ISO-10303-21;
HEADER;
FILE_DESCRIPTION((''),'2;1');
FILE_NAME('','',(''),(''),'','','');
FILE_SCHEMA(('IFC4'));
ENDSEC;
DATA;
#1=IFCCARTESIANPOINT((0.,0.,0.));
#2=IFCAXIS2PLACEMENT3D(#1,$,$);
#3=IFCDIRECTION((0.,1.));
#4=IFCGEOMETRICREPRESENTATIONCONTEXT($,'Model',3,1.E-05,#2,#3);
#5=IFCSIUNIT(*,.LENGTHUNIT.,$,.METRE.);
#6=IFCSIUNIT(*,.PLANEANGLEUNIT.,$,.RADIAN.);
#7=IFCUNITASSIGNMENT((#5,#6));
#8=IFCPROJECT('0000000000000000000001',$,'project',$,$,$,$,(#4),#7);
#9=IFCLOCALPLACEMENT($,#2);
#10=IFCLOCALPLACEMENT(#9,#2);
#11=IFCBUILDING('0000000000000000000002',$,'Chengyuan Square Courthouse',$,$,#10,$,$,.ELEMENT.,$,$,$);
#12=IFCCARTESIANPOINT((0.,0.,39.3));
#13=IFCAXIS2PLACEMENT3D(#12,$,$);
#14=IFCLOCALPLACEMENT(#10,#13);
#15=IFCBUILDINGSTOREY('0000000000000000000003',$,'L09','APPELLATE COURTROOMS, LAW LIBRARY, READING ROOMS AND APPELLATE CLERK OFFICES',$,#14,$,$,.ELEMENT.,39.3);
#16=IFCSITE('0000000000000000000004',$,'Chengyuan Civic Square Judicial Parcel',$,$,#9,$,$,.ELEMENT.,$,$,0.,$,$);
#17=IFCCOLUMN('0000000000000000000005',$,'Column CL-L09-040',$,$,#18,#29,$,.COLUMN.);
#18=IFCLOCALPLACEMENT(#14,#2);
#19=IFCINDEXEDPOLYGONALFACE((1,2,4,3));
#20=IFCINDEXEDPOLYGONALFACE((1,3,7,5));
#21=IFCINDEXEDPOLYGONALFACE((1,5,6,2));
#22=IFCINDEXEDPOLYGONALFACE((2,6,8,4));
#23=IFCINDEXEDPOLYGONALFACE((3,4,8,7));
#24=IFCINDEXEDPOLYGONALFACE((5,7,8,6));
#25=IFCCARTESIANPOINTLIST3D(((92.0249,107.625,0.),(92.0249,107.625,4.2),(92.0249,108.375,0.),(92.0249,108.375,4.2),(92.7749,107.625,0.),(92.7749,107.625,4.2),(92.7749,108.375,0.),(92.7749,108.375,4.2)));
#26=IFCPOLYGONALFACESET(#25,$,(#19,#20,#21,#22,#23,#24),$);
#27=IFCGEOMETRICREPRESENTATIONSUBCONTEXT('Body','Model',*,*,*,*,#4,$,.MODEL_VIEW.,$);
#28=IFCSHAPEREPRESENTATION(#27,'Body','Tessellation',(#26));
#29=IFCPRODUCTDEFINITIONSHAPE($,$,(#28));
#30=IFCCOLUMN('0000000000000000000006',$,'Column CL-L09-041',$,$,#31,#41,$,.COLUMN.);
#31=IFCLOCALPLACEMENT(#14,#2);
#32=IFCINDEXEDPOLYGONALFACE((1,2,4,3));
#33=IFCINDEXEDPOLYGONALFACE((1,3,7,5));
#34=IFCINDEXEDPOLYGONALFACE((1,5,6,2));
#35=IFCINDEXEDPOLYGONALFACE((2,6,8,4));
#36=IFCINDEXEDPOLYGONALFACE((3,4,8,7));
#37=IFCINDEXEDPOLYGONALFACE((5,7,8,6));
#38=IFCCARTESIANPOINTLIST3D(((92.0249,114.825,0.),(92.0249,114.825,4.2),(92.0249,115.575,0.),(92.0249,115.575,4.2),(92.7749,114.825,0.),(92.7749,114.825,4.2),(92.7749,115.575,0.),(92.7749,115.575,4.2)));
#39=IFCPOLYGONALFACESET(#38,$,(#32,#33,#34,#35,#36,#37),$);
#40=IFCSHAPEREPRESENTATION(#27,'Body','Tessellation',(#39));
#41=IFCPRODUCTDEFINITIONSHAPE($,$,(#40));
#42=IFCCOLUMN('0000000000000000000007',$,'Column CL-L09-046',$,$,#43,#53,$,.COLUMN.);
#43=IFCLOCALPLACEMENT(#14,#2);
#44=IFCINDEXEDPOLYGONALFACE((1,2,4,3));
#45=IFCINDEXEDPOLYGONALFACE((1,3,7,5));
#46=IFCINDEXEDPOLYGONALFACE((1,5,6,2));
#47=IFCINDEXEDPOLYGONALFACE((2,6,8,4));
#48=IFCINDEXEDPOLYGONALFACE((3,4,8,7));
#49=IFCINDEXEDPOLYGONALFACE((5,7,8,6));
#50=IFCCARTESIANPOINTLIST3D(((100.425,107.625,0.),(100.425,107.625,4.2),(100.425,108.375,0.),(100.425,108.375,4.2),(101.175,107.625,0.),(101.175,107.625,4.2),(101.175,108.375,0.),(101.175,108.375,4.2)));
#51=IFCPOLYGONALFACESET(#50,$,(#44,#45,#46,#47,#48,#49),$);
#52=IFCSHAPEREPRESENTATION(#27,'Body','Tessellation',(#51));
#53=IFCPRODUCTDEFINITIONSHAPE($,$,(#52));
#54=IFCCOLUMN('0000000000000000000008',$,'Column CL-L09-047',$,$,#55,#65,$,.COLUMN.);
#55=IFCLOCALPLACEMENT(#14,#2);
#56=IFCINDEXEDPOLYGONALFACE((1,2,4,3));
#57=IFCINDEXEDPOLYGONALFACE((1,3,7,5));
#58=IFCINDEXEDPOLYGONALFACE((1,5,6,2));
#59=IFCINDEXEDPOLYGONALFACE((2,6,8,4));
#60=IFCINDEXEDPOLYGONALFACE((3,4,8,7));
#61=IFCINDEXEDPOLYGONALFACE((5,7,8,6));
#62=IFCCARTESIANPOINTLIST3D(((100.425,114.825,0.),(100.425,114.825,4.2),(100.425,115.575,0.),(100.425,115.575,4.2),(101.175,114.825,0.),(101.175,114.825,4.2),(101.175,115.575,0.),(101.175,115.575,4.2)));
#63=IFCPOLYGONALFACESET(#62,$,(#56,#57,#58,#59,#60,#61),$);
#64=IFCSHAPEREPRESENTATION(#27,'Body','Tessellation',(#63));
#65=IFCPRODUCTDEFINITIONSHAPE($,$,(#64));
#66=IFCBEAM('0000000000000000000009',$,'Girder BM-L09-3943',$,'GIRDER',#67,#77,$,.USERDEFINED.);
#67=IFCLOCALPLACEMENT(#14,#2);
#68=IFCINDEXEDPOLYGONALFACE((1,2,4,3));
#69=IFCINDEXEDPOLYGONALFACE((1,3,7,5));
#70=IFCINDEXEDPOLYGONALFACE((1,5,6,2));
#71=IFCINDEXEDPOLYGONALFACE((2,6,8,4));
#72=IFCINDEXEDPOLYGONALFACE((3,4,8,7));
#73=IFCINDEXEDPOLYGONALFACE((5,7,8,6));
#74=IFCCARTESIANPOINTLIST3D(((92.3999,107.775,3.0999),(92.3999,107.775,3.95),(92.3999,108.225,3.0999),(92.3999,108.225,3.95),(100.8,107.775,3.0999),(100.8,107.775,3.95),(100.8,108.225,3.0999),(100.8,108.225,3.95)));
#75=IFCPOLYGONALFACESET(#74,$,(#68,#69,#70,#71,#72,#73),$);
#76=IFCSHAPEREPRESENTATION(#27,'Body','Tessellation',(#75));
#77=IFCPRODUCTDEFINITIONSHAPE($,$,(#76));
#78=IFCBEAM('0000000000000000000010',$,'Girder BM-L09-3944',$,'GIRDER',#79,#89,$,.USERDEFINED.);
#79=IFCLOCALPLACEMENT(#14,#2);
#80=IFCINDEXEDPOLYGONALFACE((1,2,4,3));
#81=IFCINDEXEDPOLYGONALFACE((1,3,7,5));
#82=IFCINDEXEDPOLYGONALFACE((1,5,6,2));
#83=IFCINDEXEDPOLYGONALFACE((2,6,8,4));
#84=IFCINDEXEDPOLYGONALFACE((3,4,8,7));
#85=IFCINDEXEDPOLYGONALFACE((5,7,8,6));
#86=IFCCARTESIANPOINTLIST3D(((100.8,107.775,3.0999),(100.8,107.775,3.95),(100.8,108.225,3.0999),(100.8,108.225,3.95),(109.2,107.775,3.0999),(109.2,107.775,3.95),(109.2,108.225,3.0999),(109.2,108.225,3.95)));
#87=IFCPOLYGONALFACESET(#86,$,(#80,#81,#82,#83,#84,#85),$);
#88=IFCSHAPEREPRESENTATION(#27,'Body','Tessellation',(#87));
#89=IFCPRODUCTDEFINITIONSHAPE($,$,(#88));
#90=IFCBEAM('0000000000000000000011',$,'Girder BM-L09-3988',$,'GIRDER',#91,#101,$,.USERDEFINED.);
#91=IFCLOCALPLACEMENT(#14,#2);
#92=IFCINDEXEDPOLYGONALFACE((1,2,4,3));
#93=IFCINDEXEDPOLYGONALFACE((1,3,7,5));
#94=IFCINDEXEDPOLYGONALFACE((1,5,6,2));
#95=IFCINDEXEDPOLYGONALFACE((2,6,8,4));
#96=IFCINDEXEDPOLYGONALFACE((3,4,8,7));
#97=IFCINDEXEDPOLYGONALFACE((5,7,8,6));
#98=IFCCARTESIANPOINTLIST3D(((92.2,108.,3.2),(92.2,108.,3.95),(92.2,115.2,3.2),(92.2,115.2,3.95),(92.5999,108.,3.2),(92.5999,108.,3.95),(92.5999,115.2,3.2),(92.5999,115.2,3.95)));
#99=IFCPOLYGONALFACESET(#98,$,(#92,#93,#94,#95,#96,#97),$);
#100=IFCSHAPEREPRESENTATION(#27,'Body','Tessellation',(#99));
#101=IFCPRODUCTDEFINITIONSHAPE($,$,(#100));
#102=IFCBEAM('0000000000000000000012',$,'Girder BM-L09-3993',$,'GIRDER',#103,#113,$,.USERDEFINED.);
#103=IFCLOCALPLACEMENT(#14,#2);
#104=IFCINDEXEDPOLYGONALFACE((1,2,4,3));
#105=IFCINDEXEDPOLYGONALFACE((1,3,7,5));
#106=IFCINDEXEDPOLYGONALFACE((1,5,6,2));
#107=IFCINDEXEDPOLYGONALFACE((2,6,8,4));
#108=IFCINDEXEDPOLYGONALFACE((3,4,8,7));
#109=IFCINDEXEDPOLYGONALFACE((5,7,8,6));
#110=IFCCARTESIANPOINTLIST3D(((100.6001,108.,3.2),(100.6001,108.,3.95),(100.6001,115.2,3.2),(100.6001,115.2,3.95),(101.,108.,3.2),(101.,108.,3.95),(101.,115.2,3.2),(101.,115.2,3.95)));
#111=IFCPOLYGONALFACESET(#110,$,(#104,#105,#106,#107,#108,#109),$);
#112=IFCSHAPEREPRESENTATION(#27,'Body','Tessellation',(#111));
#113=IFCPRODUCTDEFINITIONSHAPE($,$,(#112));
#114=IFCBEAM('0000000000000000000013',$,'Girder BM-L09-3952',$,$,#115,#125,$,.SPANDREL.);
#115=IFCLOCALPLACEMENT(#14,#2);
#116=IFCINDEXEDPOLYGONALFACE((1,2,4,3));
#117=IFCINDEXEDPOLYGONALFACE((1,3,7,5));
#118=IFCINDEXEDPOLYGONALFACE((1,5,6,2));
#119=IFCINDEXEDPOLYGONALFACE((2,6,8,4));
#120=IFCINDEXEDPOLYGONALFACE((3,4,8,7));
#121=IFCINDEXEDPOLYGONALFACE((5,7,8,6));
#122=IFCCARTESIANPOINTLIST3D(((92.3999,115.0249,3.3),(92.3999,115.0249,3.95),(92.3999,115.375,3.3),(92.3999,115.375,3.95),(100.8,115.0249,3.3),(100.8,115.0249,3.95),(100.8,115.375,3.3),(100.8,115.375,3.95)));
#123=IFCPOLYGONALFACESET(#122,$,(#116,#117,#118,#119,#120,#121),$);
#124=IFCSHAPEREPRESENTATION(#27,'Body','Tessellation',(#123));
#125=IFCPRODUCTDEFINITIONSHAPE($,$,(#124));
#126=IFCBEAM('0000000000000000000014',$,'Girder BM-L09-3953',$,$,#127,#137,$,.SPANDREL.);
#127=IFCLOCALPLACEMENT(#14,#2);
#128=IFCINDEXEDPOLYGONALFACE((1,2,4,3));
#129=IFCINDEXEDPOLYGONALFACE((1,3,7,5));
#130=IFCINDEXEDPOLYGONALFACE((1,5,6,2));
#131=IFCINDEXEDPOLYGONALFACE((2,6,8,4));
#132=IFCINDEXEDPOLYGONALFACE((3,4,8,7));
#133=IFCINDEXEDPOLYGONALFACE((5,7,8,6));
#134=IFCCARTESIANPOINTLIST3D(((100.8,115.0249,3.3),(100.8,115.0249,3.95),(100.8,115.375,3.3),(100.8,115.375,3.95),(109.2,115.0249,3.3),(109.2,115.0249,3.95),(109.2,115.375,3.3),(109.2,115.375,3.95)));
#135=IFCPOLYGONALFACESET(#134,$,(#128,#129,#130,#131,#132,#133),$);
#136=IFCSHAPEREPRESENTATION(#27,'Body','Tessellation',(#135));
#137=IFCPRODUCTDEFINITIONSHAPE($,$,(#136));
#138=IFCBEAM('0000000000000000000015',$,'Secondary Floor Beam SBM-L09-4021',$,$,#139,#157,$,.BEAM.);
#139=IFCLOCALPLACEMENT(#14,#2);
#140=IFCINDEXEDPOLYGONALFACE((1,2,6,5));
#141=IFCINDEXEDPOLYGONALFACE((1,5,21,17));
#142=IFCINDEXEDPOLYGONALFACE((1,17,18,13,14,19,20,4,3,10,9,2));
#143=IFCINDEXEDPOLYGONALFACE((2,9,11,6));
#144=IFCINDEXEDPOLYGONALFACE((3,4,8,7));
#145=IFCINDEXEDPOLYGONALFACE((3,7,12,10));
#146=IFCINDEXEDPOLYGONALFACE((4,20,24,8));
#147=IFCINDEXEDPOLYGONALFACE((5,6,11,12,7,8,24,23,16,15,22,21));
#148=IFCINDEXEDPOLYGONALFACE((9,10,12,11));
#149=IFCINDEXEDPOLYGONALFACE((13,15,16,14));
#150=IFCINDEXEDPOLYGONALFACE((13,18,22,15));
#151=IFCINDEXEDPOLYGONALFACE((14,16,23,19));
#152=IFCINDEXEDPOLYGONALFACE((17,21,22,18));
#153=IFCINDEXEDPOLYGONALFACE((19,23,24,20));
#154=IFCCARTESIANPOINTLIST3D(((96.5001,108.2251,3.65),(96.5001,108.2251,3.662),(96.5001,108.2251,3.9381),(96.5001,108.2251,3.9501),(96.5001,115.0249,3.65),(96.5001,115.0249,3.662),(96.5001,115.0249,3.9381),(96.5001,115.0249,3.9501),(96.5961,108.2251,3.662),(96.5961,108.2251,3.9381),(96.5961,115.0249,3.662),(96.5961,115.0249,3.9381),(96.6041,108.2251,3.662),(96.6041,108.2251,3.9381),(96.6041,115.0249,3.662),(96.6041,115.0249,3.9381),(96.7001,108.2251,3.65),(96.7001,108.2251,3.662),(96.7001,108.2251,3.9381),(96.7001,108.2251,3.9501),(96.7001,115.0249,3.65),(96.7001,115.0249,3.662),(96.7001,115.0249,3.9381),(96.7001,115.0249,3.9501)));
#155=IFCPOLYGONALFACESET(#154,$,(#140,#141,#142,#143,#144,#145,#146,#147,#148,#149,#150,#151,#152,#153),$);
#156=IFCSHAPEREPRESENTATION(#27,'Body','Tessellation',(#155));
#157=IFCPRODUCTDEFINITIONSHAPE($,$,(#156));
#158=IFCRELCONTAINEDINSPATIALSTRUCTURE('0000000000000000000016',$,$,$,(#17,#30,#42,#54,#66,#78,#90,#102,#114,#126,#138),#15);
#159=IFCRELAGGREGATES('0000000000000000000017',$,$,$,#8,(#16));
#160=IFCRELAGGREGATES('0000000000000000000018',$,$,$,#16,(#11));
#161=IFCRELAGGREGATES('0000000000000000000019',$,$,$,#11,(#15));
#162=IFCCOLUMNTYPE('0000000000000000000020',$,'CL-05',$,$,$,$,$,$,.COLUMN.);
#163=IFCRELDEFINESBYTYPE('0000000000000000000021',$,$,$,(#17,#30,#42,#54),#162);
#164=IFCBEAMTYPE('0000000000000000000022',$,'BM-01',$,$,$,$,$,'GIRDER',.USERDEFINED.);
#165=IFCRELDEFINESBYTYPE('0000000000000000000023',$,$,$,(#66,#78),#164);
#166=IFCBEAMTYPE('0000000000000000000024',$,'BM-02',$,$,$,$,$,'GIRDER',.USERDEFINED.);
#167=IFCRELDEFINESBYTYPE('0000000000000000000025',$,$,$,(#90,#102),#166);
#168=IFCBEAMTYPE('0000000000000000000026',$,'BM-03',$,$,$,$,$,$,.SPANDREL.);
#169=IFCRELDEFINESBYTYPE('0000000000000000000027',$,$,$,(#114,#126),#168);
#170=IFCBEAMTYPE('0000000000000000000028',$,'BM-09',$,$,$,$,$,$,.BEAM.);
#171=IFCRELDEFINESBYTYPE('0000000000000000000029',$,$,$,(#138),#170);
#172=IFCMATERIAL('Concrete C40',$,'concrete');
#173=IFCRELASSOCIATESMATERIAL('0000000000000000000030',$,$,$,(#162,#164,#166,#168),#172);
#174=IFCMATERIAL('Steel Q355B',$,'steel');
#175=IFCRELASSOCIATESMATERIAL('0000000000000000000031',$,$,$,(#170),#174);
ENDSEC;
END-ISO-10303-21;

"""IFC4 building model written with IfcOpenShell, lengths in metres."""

from ifc_helpers import new_model, si_unit, direction, frame, origin, origin_2d, place, context, subcontext, project, spatial, rectangle, i_section, extrude, material, material_profile, profile_set, type_object, element, save


model = new_model("IFC4")

# Units and contexts
model_context = context("Model", 3, precision=1e-05, world=origin(), true_north=direction((0.0, 1.0)))
body_context = subcontext(model_context, "Body", "Model", "MODEL_VIEW")
ifc_project = project(units=[si_unit("LENGTHUNIT", "METRE"), si_unit("PLANEANGLEUNIT", "RADIAN")], contexts=[model_context])

# Site, building, storey
site_placement = place(None, origin())
site = spatial("IfcSite", under=ifc_project, at=site_placement, Name="Chengyuan Civic Square Judicial Parcel", CompositionType="ELEMENT", RefElevation=0.0)
building_placement = place(site_placement, origin())
building = spatial("IfcBuilding", under=site, at=building_placement, Name="Chengyuan Square Courthouse", CompositionType="ELEMENT")
storey_placement = place(building_placement, frame((0.0, 0.0, 39.3)))
storey = spatial("IfcBuildingStorey", under=building, at=storey_placement, Name="L09", Description="APPELLATE COURTROOMS, LAW LIBRARY, READING ROOMS AND APPELLATE CLERK OFFICES", CompositionType="ELEMENT", Elevation=39.3)

# Columns
ifc_material_1 = material(Name="Concrete C40", Category="concrete")
ifc_material_profile_1 = material_profile(ifc_material_1, rectangle(XDim=0.75, YDim=0.75, at=origin_2d()), Name="RC-COL-750x750")
ifc_profile_set_1 = profile_set([ifc_material_profile_1], Name="Concrete C40")
column_type = type_object("IfcColumnType", Name="CL-05", PredefinedType="COLUMN", material=ifc_profile_set_1)
for number, where, z_axis, x_axis, name in (
    (1, (92.3999, 108.0, 0.0), (0.0, 0.0, 1.0), (1.0, 0.0, 0.0), "Column CL-L09-040"),
    (2, (92.3999, 115.2, 0.0), (0.0, 0.0, 1.0), (1.0, 0.0, 0.0), "Column CL-L09-041"),
    (3, (100.8, 108.0, 0.0), (0.0, 0.0, 1.0), (1.0, 0.0, 0.0), "Column CL-L09-046"),
    (4, (100.8, 115.2, 0.0), (0.0, 0.0, 1.0), (1.0, 0.0, 0.0), "Column CL-L09-047"),
):
    element("IfcColumn", number, at=place(storey_placement, frame(where, z_axis=z_axis, x_axis=x_axis)), inside=storey, type_object=column_type, Name=name, PredefinedType="COLUMN", context=body_context, shape_type="SweptSolid", body=[
        extrude(rectangle(XDim=0.75, YDim=0.75, at=origin_2d()), origin(), (0.0, 0.0, 1.0), 4.2),
    ])

# Beams
ifc_material_profile_2 = material_profile(ifc_material_1, rectangle(XDim=0.45, YDim=0.8501, at=origin_2d()), Name="RC-BM-450x850")
ifc_profile_set_2 = profile_set([ifc_material_profile_2], Name="Concrete C40")
beam_type_1 = type_object("IfcBeamType", Name="BM-01", ElementType="GIRDER", PredefinedType="USERDEFINED", material=ifc_profile_set_2)
beam_1_placement = place(storey_placement, frame((92.3999, 108.0, 3.5249), z_axis=(1.0, 0.0, 0.0), x_axis=(0.0, 1.0, 0.0)))
element("IfcBeam", 5, at=beam_1_placement, inside=storey, type_object=beam_type_1, Name="Girder BM-L09-3943", ObjectType="GIRDER", PredefinedType="USERDEFINED", context=body_context, shape_type="SweptSolid", body=[
    extrude(rectangle(XDim=0.45, YDim=0.8501, at=origin_2d()), origin(), (0.0, 0.0, 1.0), 8.4001),
])
beam_2_placement = place(storey_placement, frame((100.8, 108.0, 3.5249), z_axis=(1.0, 0.0, 0.0), x_axis=(0.0, 1.0, 0.0)))
element("IfcBeam", 6, at=beam_2_placement, inside=storey, type_object=beam_type_1, Name="Girder BM-L09-3944", ObjectType="GIRDER", PredefinedType="USERDEFINED", context=body_context, shape_type="SweptSolid", body=[
    extrude(rectangle(XDim=0.45, YDim=0.8501, at=origin_2d()), origin(), (0.0, 0.0, 1.0), 8.3999),
])
ifc_material_profile_3 = material_profile(ifc_material_1, rectangle(XDim=0.3999, YDim=0.75, at=origin_2d()), Name="RC-BM-400x750")
ifc_profile_set_3 = profile_set([ifc_material_profile_3], Name="Concrete C40")
beam_type_2 = type_object("IfcBeamType", Name="BM-02", ElementType="GIRDER", PredefinedType="USERDEFINED", material=ifc_profile_set_3)
for number, where, z_axis, x_axis, name in (
    (7, (92.3999, 108.0, 3.575), (0.0, 1.0, 0.0), (-1.0, 0.0, 0.0), "Girder BM-L09-3988"),
    (8, (100.8, 108.0, 3.575), (0.0, 1.0, 0.0), (-1.0, 0.0, 0.0), "Girder BM-L09-3993"),
):
    element("IfcBeam", number, at=place(storey_placement, frame(where, z_axis=z_axis, x_axis=x_axis)), inside=storey, type_object=beam_type_2, Name=name, ObjectType="GIRDER", PredefinedType="USERDEFINED", context=body_context, shape_type="SweptSolid", body=[
        extrude(rectangle(XDim=0.3999, YDim=0.75, at=origin_2d()), origin(), (0.0, 0.0, 1.0), 7.2),
    ])
ifc_material_profile_4 = material_profile(ifc_material_1, rectangle(XDim=0.3501, YDim=0.6499, at=origin_2d()), Name="RC-BM-350x650")
ifc_profile_set_4 = profile_set([ifc_material_profile_4], Name="Concrete C40")
beam_type_3 = type_object("IfcBeamType", Name="BM-03", PredefinedType="SPANDREL", material=ifc_profile_set_4)
beam_3_placement = place(storey_placement, frame((92.3999, 115.2, 3.625), z_axis=(1.0, 0.0, 0.0), x_axis=(0.0, 1.0, 0.0)))
element("IfcBeam", 9, at=beam_3_placement, inside=storey, type_object=beam_type_3, Name="Girder BM-L09-3952", PredefinedType="SPANDREL", context=body_context, shape_type="SweptSolid", body=[
    extrude(rectangle(XDim=0.3501, YDim=0.6499, at=origin_2d()), origin(), (0.0, 0.0, 1.0), 8.4001),
])
beam_4_placement = place(storey_placement, frame((100.8, 115.2, 3.625), z_axis=(1.0, 0.0, 0.0), x_axis=(0.0, 1.0, 0.0)))
element("IfcBeam", 10, at=beam_4_placement, inside=storey, type_object=beam_type_3, Name="Girder BM-L09-3953", PredefinedType="SPANDREL", context=body_context, shape_type="SweptSolid", body=[
    extrude(rectangle(XDim=0.3501, YDim=0.6499, at=origin_2d()), origin(), (0.0, 0.0, 1.0), 8.3999),
])
ifc_material_2 = material(Name="Steel Q355B", Category="steel")
ifc_material_profile_5 = material_profile(ifc_material_2, i_section(OverallWidth=0.2, OverallDepth=0.3, WebThickness=0.0081, FlangeThickness=0.012, at=origin_2d()), Name="HM 300x200x8x12")
ifc_profile_set_5 = profile_set([ifc_material_profile_5], Name="Steel Q355B")
beam_type_4 = type_object("IfcBeamType", Name="BM-09", PredefinedType="BEAM", material=ifc_profile_set_5)
beam_5_placement = place(storey_placement, frame((96.6001, 108.2251, 3.8), z_axis=(0.0, 1.0, 0.0), x_axis=(-1.0, 0.0, 0.0)))
element("IfcBeam", 11, at=beam_5_placement, inside=storey, type_object=beam_type_4, Name="Secondary Floor Beam SBM-L09-4021", PredefinedType="BEAM", context=body_context, shape_type="SweptSolid", body=[
    extrude(i_section(OverallWidth=0.2, OverallDepth=0.3, WebThickness=0.0081, FlangeThickness=0.012, at=origin_2d()), origin(), (0.0, 0.0, 1.0), 6.7998),
])

save(model, "model.ifc")
